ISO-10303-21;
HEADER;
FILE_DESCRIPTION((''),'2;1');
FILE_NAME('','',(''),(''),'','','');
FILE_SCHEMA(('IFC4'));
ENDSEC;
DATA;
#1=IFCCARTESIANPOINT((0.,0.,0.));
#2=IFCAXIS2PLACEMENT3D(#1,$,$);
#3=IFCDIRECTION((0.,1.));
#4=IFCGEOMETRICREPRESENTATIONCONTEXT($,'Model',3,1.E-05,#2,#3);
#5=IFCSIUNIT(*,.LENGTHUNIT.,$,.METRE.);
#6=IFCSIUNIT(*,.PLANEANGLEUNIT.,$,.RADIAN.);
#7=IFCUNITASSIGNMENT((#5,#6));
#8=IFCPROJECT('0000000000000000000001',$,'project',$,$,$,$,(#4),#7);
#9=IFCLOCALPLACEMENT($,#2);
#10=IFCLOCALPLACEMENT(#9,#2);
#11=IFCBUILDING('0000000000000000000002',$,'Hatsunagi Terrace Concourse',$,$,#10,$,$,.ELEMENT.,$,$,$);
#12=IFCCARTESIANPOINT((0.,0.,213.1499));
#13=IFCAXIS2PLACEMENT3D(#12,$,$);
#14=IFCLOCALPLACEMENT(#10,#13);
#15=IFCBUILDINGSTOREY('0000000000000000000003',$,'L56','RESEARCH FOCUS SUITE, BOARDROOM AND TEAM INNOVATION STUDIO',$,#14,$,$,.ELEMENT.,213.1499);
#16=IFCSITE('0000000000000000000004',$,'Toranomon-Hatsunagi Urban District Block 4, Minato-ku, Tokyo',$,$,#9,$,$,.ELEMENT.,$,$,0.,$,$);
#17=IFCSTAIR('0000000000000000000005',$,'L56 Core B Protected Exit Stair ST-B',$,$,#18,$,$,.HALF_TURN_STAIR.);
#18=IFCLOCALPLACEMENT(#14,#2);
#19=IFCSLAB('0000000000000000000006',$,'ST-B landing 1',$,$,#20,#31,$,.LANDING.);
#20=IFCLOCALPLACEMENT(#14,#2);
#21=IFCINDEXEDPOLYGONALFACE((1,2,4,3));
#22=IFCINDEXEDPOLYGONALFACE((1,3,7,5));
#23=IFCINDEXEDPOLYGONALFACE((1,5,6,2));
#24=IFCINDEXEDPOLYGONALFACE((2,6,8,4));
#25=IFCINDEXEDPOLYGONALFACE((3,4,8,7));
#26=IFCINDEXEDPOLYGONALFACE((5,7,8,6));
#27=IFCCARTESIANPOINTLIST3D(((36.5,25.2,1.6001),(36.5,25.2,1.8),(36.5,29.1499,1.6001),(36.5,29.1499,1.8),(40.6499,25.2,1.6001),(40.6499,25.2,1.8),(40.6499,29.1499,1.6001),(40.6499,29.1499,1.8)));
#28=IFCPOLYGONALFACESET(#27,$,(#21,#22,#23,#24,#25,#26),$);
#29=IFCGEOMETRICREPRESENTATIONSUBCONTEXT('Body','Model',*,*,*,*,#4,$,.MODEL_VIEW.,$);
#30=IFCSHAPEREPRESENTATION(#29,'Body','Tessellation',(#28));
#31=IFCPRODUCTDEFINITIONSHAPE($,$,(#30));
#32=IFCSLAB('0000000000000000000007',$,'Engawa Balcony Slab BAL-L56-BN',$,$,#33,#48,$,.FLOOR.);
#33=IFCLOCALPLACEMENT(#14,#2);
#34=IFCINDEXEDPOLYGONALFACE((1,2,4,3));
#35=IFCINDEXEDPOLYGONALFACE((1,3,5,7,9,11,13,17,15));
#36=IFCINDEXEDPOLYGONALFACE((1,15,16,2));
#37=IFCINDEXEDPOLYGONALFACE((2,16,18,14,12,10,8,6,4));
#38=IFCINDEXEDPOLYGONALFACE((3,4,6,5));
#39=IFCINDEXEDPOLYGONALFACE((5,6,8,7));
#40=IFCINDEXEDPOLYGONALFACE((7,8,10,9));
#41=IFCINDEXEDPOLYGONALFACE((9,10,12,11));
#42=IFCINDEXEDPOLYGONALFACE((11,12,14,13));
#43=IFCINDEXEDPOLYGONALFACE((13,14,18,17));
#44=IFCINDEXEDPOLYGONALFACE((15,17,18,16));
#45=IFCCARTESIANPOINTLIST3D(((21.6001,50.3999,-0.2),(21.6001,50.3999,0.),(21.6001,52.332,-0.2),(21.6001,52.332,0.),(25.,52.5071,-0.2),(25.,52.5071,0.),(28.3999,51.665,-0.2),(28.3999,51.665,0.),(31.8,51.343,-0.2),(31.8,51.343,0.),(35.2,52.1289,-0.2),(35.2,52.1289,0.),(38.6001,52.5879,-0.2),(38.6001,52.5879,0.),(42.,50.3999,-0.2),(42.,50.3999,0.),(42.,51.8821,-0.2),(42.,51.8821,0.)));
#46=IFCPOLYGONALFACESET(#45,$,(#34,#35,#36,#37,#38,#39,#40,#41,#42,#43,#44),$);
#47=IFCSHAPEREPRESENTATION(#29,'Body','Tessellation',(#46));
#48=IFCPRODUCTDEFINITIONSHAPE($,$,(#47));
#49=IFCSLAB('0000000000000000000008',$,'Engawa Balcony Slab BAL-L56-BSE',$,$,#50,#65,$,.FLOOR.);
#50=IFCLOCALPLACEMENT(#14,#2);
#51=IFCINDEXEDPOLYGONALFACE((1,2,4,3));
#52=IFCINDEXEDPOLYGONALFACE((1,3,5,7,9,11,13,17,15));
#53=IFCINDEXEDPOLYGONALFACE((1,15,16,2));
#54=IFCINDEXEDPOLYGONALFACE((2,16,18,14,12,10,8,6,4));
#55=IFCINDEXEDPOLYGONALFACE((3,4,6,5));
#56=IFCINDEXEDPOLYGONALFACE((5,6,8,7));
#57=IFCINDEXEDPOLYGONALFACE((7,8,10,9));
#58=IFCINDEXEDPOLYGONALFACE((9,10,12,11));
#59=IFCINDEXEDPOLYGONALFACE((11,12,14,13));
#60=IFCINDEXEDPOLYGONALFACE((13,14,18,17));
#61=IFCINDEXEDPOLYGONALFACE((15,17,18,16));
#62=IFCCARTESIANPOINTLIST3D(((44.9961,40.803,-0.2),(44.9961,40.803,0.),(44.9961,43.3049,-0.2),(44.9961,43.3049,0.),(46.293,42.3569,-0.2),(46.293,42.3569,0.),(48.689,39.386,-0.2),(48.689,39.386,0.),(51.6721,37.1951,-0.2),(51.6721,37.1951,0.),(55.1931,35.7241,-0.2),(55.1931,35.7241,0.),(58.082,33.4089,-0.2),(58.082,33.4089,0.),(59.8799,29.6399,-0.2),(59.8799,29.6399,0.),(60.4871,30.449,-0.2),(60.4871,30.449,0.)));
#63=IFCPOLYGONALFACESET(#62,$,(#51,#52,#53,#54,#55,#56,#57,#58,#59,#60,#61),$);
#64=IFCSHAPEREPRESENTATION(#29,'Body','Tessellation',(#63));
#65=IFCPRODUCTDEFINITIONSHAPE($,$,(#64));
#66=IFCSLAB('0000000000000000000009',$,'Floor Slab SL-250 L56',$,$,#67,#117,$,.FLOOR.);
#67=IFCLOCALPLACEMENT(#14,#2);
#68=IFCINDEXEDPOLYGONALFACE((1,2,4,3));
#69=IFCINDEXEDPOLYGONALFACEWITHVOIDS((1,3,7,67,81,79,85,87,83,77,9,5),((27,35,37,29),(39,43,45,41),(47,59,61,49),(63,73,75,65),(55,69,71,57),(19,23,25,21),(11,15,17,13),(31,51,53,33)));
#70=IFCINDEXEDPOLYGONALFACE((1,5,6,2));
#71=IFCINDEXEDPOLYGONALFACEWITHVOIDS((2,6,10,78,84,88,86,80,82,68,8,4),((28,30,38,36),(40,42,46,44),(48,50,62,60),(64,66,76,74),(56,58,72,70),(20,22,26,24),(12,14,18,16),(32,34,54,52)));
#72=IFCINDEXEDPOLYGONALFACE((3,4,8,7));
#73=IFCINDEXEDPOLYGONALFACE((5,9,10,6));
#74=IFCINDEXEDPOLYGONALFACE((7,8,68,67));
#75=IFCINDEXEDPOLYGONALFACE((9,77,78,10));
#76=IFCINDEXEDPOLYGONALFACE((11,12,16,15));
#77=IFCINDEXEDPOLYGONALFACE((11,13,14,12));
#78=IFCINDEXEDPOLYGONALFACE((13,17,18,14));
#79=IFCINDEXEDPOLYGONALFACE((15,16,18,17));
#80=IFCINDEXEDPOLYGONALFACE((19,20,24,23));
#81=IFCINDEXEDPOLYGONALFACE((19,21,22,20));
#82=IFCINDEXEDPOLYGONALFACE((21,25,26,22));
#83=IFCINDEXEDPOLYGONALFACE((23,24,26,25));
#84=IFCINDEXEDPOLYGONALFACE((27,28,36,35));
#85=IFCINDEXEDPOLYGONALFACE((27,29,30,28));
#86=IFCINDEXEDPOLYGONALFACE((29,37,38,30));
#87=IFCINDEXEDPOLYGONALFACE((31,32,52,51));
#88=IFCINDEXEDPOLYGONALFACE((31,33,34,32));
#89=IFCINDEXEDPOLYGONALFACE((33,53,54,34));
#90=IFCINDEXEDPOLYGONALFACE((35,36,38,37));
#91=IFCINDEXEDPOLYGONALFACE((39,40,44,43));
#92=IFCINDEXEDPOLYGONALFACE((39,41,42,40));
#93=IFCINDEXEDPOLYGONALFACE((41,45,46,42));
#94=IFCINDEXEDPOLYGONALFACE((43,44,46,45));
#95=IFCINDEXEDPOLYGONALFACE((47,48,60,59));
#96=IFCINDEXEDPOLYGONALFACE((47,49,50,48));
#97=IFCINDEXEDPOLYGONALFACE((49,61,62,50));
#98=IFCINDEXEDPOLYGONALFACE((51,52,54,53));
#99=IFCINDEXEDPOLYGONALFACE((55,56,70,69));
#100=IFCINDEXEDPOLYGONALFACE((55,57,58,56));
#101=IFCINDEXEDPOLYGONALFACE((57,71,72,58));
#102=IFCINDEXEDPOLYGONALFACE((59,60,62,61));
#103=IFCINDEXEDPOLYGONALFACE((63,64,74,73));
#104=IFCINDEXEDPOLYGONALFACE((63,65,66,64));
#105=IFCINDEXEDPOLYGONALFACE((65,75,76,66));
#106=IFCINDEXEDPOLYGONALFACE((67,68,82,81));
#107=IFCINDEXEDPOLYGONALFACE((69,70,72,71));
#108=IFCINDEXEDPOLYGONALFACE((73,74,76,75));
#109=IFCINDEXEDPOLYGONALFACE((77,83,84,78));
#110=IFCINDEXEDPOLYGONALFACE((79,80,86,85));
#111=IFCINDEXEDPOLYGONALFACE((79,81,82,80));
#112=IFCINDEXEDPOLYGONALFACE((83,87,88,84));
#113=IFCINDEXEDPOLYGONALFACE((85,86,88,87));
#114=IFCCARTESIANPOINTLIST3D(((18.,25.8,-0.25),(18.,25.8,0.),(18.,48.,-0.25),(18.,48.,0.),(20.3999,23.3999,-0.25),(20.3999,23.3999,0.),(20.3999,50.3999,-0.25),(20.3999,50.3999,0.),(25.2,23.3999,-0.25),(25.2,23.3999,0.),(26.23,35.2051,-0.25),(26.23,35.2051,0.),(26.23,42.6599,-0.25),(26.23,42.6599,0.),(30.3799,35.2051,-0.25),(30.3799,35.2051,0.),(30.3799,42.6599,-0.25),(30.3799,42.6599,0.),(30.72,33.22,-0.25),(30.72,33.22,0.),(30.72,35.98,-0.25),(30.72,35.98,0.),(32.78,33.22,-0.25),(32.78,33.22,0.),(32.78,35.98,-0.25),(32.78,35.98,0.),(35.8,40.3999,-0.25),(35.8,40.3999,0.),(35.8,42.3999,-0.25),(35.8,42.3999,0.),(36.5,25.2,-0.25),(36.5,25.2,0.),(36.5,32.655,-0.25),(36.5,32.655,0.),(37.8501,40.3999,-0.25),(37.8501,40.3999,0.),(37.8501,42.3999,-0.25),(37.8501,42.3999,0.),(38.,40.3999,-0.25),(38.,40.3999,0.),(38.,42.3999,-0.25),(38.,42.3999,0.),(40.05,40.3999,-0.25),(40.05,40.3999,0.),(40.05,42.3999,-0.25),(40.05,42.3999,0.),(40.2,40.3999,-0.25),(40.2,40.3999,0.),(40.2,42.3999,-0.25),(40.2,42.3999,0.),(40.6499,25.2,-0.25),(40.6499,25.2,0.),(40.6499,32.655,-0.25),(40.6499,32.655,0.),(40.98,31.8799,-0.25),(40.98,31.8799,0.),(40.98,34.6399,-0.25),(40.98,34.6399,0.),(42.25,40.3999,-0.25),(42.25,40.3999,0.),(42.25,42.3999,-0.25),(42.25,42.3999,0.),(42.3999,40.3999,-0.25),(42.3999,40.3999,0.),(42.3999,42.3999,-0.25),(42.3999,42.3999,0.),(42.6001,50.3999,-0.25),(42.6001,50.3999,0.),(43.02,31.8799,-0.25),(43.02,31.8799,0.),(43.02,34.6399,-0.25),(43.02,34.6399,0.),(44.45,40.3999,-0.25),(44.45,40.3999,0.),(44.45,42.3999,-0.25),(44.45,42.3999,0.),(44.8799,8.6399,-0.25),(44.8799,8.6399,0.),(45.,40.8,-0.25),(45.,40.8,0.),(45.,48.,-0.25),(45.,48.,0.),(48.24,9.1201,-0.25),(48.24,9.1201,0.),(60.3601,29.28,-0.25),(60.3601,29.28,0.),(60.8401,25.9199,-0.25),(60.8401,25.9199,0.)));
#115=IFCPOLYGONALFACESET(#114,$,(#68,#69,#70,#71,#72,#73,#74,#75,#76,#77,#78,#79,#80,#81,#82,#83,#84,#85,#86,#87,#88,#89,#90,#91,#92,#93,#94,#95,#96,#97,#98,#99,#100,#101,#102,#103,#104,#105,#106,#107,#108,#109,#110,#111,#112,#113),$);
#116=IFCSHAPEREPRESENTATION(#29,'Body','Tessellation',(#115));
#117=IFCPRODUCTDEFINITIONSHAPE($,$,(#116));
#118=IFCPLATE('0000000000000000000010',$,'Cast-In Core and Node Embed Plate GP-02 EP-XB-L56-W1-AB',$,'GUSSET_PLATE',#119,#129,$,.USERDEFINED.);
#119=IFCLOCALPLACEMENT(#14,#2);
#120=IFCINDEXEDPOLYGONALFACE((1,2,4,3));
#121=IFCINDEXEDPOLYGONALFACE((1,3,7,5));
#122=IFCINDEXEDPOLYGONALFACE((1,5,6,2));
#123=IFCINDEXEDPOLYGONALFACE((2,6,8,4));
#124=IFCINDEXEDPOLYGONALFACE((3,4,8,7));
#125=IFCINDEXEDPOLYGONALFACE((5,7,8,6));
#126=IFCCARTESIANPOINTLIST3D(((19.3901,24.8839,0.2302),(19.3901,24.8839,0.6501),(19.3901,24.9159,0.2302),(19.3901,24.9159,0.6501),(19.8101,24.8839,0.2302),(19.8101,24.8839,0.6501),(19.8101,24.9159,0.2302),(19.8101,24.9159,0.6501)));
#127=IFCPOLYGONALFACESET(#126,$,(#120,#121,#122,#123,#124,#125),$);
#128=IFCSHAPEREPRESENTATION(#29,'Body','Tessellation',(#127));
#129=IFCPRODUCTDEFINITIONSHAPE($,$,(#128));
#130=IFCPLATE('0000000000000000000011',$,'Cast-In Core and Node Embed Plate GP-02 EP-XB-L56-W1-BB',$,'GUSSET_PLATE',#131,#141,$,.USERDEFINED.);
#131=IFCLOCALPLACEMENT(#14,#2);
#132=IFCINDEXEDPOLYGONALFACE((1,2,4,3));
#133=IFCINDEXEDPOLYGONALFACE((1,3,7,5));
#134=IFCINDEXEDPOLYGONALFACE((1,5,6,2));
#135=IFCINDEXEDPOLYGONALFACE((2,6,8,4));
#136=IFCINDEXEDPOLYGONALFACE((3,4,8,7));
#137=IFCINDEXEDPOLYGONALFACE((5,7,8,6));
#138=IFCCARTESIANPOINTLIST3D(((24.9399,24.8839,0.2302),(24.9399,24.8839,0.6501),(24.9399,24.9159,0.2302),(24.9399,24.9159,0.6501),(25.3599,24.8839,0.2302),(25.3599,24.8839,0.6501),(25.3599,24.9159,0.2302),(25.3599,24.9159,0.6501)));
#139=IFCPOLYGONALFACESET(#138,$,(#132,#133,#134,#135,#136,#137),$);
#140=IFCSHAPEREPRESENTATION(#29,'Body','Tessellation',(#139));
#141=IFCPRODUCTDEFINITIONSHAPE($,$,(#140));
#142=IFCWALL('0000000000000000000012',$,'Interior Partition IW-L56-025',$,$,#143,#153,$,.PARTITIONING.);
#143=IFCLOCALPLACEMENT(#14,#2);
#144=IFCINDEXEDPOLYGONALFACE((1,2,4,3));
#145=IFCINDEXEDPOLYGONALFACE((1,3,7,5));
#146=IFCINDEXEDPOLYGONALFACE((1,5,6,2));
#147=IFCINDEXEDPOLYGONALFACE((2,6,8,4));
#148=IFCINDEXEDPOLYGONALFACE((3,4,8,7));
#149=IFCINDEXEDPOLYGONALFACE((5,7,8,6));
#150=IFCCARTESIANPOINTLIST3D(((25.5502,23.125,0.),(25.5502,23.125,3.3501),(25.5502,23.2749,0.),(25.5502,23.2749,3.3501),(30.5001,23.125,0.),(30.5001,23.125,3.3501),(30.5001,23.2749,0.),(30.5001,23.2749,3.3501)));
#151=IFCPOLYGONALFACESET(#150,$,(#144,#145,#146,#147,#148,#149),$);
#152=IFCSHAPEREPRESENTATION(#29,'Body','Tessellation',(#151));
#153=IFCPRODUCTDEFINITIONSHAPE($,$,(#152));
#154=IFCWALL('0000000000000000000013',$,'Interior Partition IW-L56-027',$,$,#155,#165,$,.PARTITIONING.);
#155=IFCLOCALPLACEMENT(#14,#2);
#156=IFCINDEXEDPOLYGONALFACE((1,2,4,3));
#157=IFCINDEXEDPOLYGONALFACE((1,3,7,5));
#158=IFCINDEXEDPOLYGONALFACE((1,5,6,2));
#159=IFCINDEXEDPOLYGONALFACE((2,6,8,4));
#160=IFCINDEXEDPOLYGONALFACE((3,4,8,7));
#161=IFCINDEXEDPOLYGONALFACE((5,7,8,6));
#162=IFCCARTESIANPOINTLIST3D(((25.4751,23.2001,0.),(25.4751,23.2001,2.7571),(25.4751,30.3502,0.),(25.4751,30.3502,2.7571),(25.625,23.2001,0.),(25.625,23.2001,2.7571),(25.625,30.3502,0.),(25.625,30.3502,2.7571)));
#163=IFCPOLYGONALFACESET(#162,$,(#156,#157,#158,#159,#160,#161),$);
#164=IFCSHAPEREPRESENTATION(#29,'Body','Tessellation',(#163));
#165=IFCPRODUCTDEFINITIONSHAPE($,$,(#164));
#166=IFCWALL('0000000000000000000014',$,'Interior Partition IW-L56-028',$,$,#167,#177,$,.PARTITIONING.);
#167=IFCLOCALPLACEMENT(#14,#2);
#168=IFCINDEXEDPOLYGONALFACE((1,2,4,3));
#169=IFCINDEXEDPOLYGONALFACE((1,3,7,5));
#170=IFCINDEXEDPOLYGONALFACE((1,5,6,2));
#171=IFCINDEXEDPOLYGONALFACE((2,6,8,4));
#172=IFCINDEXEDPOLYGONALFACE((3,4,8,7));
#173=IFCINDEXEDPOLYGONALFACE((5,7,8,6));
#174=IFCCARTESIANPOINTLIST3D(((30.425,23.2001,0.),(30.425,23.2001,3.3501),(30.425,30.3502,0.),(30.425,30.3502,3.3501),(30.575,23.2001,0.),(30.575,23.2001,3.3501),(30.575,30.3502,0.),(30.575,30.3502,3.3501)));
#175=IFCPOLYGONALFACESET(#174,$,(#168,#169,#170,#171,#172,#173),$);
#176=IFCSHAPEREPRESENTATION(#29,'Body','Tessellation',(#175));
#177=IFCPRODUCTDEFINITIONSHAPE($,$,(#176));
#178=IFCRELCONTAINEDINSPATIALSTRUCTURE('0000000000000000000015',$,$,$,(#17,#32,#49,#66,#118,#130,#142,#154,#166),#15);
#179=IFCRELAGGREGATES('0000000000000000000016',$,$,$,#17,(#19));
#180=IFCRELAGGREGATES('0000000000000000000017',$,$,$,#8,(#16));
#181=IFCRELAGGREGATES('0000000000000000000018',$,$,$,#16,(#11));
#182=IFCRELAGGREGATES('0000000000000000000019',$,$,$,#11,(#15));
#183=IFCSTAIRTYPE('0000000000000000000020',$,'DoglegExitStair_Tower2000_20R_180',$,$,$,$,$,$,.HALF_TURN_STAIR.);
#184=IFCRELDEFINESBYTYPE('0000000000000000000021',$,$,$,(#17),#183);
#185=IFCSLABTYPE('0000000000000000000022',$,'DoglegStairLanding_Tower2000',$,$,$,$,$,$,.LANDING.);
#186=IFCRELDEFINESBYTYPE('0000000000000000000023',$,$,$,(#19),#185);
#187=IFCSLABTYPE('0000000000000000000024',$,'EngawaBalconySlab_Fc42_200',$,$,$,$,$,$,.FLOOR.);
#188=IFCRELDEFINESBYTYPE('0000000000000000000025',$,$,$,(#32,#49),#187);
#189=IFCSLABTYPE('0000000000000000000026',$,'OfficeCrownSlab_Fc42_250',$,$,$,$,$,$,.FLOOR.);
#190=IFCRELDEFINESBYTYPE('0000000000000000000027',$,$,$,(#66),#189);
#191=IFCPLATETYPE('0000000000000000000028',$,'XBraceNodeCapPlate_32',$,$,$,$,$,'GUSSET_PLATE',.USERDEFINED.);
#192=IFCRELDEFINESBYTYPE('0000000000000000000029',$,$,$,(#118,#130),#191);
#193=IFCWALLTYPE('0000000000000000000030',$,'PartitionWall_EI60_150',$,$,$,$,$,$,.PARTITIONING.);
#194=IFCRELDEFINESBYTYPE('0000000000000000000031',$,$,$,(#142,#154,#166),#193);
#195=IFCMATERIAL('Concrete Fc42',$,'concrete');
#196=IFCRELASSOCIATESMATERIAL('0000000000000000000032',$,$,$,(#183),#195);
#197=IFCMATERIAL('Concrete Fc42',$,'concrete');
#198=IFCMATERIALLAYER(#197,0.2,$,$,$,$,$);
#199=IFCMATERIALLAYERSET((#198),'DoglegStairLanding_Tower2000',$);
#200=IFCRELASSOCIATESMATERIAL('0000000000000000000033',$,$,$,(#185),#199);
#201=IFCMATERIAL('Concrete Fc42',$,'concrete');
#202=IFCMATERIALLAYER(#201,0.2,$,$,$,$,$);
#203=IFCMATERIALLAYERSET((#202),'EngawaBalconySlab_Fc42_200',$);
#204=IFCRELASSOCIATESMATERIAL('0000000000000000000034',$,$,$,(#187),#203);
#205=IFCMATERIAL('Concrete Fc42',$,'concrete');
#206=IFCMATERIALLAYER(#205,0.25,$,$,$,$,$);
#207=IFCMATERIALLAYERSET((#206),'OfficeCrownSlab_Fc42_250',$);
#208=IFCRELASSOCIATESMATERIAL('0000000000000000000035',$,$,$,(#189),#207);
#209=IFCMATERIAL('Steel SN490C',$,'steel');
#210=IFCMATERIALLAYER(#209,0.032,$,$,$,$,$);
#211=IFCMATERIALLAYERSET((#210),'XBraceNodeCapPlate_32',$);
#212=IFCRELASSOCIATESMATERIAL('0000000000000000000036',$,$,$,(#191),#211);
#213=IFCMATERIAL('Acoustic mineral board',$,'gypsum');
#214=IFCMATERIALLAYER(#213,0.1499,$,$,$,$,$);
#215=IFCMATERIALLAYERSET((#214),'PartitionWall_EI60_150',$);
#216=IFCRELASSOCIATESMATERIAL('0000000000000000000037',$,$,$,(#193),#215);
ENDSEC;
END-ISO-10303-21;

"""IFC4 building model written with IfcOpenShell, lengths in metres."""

from ifc_helpers import new_model, si_unit, direction, frame, frame_2d, origin, origin_2d, place, context, subcontext, project, spatial, polyline, rectangle, outline, extrude, material, layer, layer_set, type_object, element, aggregate, save


model = new_model("IFC4")

# Units and contexts
model_context = context("Model", 3, precision=1e-05, world=origin(), true_north=direction((0.0, 1.0)))
body_context = subcontext(model_context, "Body", "Model", "MODEL_VIEW")
ifc_project = project(units=[si_unit("LENGTHUNIT", "METRE"), si_unit("PLANEANGLEUNIT", "RADIAN")], contexts=[model_context])

# Site, building, storey
site_placement = place(None, origin())
site = spatial("IfcSite", under=ifc_project, at=site_placement, Name="Toranomon-Hatsunagi Urban District Block 4, Minato-ku, Tokyo", CompositionType="ELEMENT", RefElevation=0.0)
building_placement = place(site_placement, origin())
building = spatial("IfcBuilding", under=site, at=building_placement, Name="Hatsunagi Terrace Concourse", CompositionType="ELEMENT")
storey_placement = place(building_placement, frame((0.0, 0.0, 213.1499)))
storey = spatial("IfcBuildingStorey", under=building, at=storey_placement, Name="L56", Description="RESEARCH FOCUS SUITE, BOARDROOM AND TEAM INNOVATION STUDIO", CompositionType="ELEMENT", Elevation=213.1499)

# Stair, slab
ifc_material_1 = material(Name="Concrete Fc42", Category="concrete")
stair_type = type_object("IfcStairType", Name="DoglegExitStair_Tower2000_20R_180", PredefinedType="HALF_TURN_STAIR", material=ifc_material_1)
ifc_material_2 = material(Name="Concrete Fc42", Category="concrete")
ifc_layer_1 = layer(ifc_material_2, 0.2)
ifc_layer_set_1 = layer_set([ifc_layer_1], Name="DoglegStairLanding_Tower2000")
slab_type_1 = type_object("IfcSlabType", Name="DoglegStairLanding_Tower2000", PredefinedType="LANDING", material=ifc_layer_set_1)
stair_1_placement = place(storey_placement, origin())
stair_1 = element("IfcStair", 1, at=stair_1_placement, inside=storey, type_object=stair_type, Name="L56 Core B Protected Exit Stair ST-B", PredefinedType="HALF_TURN_STAIR")
slab_1_placement = place(storey_placement, frame((0.0, 0.0, 1.6001)))
slab_1 = element("IfcSlab", 2, at=slab_1_placement, type_object=slab_type_1, Name="ST-B landing 1", PredefinedType="LANDING", context=body_context, shape_type="SweptSolid", body=[
    extrude(outline(polyline([(36.5, 29.1499), (36.5, 25.2), (40.6499, 25.2), (40.6499, 29.1499), (36.5, 29.1499)])), origin(), (0.0, 0.0, 1.0), 0.2),
])
aggregate(stair_1, [slab_1])

# Slabs
ifc_material_3 = material(Name="Concrete Fc42", Category="concrete")
ifc_layer_2 = layer(ifc_material_3, 0.2)
ifc_layer_set_2 = layer_set([ifc_layer_2], Name="EngawaBalconySlab_Fc42_200")
slab_type_2 = type_object("IfcSlabType", Name="EngawaBalconySlab_Fc42_200", PredefinedType="FLOOR", material=ifc_layer_set_2)
slab_2_placement = place(storey_placement, frame((0.0, 0.0, -0.2)))
element("IfcSlab", 3, at=slab_2_placement, inside=storey, type_object=slab_type_2, Name="Engawa Balcony Slab BAL-L56-BN", PredefinedType="FLOOR", context=body_context, shape_type="SweptSolid", body=[
    extrude(outline(polyline([(21.6001, 52.332), (21.6001, 50.3999), (42.0, 50.3999), (42.0, 51.8821), (38.6001, 52.5879), (35.2, 52.1289), (31.8, 51.343), (28.3999, 51.665), (25.0, 52.5071), (21.6001, 52.332)])), origin(), (0.0, 0.0, 1.0), 0.2),
])
slab_3_placement = place(storey_placement, frame((0.0, 0.0, -0.2)))
element("IfcSlab", 4, at=slab_3_placement, inside=storey, type_object=slab_type_2, Name="Engawa Balcony Slab BAL-L56-BSE", PredefinedType="FLOOR", context=body_context, shape_type="SweptSolid", body=[
    extrude(outline(polyline([(46.293, 42.3569), (44.9961, 43.3049), (44.9961, 40.803), (59.8799, 29.6399), (60.4871, 30.449), (58.082, 33.4089), (55.1931, 35.7241), (51.6721, 37.1951), (48.689, 39.386), (46.293, 42.3569)])), origin(), (0.0, 0.0, 1.0), 0.2),
])
ifc_material_4 = material(Name="Concrete Fc42", Category="concrete")
ifc_layer_3 = layer(ifc_material_4, 0.25)
ifc_layer_set_3 = layer_set([ifc_layer_3], Name="OfficeCrownSlab_Fc42_250")
slab_type_3 = type_object("IfcSlabType", Name="OfficeCrownSlab_Fc42_250", PredefinedType="FLOOR", material=ifc_layer_set_3)
slab_4_placement = place(storey_placement, frame((0.0, 0.0, -0.25)))
element("IfcSlab", 5, at=slab_4_placement, inside=storey, type_object=slab_type_3, Name="Floor Slab SL-250 L56", PredefinedType="FLOOR", context=body_context, shape_type="SweptSolid", body=[
    extrude(outline(polyline([(45.0, 40.8), (45.0, 48.0), (42.6001, 50.3999), (20.3999, 50.3999), (18.0, 48.0), (18.0, 25.8), (20.3999, 23.3999), (25.2, 23.3999), (44.8799, 8.6399), (48.24, 9.1201), (60.8401, 25.9199), (60.3601, 29.28), (45.0, 40.8)]), holes=[polyline([(26.23, 35.2051), (30.3799, 35.2051), (30.3799, 42.6599), (26.23, 42.6599), (26.23, 35.2051)]), polyline([(36.5, 25.2), (40.6499, 25.2), (40.6499, 32.655), (36.5, 32.655), (36.5, 25.2)]), polyline([(30.72, 33.22), (32.78, 33.22), (32.78, 35.98), (30.72, 35.98), (30.72, 33.22)]), polyline([(40.98, 31.8799), (43.02, 31.8799), (43.02, 34.6399), (40.98, 34.6399), (40.98, 31.8799)]), polyline([(35.8, 40.3999), (37.8501, 40.3999), (37.8501, 42.3999), (35.8, 42.3999), (35.8, 40.3999)]), polyline([(38.0, 40.3999), (40.05, 40.3999), (40.05, 42.3999), (38.0, 42.3999), (38.0, 40.3999)]), polyline([(40.2, 40.3999), (42.25, 40.3999), (42.25, 42.3999), (40.2, 42.3999), (40.2, 40.3999)]), polyline([(42.3999, 40.3999), (44.45, 40.3999), (44.45, 42.3999), (42.3999, 42.3999), (42.3999, 40.3999)])]), origin(), (0.0, 0.0, 1.0), 0.25),
])

# Plates
ifc_material_5 = material(Name="Steel SN490C", Category="steel")
ifc_layer_4 = layer(ifc_material_5, 0.032)
ifc_layer_set_4 = layer_set([ifc_layer_4], Name="XBraceNodeCapPlate_32")
plate_type = type_object("IfcPlateType", Name="XBraceNodeCapPlate_32", ElementType="GUSSET_PLATE", PredefinedType="USERDEFINED", material=ifc_layer_set_4)
for number, where, z_axis, x_axis, name in (
    (6, (19.6001, 24.8999, 0.2302), (0.0, 0.0, 1.0), (1.0, 0.0, 0.0), "Cast-In Core and Node Embed Plate GP-02 EP-XB-L56-W1-AB"),
    (7, (25.1499, 24.8999, 0.2302), (0.0, 0.0, 1.0), (1.0, 0.0, 0.0), "Cast-In Core and Node Embed Plate GP-02 EP-XB-L56-W1-BB"),
):
    element("IfcPlate", number, at=place(storey_placement, frame(where, z_axis=z_axis, x_axis=x_axis)), inside=storey, type_object=plate_type, Name=name, ObjectType="GUSSET_PLATE", PredefinedType="USERDEFINED", context=body_context, shape_type="SweptSolid", body=[
        extrude(rectangle(XDim=0.4199, YDim=0.032, at=origin_2d()), origin(), (0.0, 0.0, 1.0), 0.4199),
    ])

# Walls
ifc_material_6 = material(Name="Acoustic mineral board", Category="gypsum")
ifc_layer_5 = layer(ifc_material_6, 0.1499)
ifc_layer_set_5 = layer_set([ifc_layer_5], Name="PartitionWall_EI60_150")
wall_type_1 = type_object("IfcWallType", Name="PartitionWall_EI60_150", PredefinedType="PARTITIONING", material=ifc_layer_set_5)
wall_1_placement = place(storey_placement, frame((25.55, 23.2, 0.0), z_axis=(0.0, 0.0, 1.0), x_axis=(1.0, 0.0, 0.0)))
element("IfcWall", 8, at=wall_1_placement, inside=storey, type_object=wall_type_1, Name="Interior Partition IW-L56-025", PredefinedType="PARTITIONING", context=body_context, shape_type="SweptSolid", body=[
    extrude(rectangle(XDim=4.95, YDim=0.1499, at=frame_2d((2.4751, 0.0))), origin(), (0.0, 0.0, 1.0), 3.3501),
])
wall_2_placement = place(storey_placement, frame((25.55, 23.2, 0.0), z_axis=(0.0, 0.0, 1.0), x_axis=(0.0, 1.0, 0.0)))
element("IfcWall", 9, at=wall_2_placement, inside=storey, type_object=wall_type_1, Name="Interior Partition IW-L56-027", PredefinedType="PARTITIONING", context=body_context, shape_type="SweptSolid", body=[
    extrude(rectangle(XDim=7.1501, YDim=0.1499, at=frame_2d((3.5752, 0.0))), origin(), (0.0, 0.0, 1.0), 2.7571),
])
wall_3_placement = place(storey_placement, frame((30.5, 23.2, 0.0), z_axis=(0.0, 0.0, 1.0), x_axis=(0.0, 1.0, 0.0)))
element("IfcWall", 10, at=wall_3_placement, inside=storey, type_object=wall_type_1, Name="Interior Partition IW-L56-028", PredefinedType="PARTITIONING", context=body_context, shape_type="SweptSolid", body=[
    extrude(rectangle(XDim=7.1501, YDim=0.1499, at=frame_2d((3.5752, 0.0))), origin(), (0.0, 0.0, 1.0), 3.3501),
])

save(model, "model.ifc")
